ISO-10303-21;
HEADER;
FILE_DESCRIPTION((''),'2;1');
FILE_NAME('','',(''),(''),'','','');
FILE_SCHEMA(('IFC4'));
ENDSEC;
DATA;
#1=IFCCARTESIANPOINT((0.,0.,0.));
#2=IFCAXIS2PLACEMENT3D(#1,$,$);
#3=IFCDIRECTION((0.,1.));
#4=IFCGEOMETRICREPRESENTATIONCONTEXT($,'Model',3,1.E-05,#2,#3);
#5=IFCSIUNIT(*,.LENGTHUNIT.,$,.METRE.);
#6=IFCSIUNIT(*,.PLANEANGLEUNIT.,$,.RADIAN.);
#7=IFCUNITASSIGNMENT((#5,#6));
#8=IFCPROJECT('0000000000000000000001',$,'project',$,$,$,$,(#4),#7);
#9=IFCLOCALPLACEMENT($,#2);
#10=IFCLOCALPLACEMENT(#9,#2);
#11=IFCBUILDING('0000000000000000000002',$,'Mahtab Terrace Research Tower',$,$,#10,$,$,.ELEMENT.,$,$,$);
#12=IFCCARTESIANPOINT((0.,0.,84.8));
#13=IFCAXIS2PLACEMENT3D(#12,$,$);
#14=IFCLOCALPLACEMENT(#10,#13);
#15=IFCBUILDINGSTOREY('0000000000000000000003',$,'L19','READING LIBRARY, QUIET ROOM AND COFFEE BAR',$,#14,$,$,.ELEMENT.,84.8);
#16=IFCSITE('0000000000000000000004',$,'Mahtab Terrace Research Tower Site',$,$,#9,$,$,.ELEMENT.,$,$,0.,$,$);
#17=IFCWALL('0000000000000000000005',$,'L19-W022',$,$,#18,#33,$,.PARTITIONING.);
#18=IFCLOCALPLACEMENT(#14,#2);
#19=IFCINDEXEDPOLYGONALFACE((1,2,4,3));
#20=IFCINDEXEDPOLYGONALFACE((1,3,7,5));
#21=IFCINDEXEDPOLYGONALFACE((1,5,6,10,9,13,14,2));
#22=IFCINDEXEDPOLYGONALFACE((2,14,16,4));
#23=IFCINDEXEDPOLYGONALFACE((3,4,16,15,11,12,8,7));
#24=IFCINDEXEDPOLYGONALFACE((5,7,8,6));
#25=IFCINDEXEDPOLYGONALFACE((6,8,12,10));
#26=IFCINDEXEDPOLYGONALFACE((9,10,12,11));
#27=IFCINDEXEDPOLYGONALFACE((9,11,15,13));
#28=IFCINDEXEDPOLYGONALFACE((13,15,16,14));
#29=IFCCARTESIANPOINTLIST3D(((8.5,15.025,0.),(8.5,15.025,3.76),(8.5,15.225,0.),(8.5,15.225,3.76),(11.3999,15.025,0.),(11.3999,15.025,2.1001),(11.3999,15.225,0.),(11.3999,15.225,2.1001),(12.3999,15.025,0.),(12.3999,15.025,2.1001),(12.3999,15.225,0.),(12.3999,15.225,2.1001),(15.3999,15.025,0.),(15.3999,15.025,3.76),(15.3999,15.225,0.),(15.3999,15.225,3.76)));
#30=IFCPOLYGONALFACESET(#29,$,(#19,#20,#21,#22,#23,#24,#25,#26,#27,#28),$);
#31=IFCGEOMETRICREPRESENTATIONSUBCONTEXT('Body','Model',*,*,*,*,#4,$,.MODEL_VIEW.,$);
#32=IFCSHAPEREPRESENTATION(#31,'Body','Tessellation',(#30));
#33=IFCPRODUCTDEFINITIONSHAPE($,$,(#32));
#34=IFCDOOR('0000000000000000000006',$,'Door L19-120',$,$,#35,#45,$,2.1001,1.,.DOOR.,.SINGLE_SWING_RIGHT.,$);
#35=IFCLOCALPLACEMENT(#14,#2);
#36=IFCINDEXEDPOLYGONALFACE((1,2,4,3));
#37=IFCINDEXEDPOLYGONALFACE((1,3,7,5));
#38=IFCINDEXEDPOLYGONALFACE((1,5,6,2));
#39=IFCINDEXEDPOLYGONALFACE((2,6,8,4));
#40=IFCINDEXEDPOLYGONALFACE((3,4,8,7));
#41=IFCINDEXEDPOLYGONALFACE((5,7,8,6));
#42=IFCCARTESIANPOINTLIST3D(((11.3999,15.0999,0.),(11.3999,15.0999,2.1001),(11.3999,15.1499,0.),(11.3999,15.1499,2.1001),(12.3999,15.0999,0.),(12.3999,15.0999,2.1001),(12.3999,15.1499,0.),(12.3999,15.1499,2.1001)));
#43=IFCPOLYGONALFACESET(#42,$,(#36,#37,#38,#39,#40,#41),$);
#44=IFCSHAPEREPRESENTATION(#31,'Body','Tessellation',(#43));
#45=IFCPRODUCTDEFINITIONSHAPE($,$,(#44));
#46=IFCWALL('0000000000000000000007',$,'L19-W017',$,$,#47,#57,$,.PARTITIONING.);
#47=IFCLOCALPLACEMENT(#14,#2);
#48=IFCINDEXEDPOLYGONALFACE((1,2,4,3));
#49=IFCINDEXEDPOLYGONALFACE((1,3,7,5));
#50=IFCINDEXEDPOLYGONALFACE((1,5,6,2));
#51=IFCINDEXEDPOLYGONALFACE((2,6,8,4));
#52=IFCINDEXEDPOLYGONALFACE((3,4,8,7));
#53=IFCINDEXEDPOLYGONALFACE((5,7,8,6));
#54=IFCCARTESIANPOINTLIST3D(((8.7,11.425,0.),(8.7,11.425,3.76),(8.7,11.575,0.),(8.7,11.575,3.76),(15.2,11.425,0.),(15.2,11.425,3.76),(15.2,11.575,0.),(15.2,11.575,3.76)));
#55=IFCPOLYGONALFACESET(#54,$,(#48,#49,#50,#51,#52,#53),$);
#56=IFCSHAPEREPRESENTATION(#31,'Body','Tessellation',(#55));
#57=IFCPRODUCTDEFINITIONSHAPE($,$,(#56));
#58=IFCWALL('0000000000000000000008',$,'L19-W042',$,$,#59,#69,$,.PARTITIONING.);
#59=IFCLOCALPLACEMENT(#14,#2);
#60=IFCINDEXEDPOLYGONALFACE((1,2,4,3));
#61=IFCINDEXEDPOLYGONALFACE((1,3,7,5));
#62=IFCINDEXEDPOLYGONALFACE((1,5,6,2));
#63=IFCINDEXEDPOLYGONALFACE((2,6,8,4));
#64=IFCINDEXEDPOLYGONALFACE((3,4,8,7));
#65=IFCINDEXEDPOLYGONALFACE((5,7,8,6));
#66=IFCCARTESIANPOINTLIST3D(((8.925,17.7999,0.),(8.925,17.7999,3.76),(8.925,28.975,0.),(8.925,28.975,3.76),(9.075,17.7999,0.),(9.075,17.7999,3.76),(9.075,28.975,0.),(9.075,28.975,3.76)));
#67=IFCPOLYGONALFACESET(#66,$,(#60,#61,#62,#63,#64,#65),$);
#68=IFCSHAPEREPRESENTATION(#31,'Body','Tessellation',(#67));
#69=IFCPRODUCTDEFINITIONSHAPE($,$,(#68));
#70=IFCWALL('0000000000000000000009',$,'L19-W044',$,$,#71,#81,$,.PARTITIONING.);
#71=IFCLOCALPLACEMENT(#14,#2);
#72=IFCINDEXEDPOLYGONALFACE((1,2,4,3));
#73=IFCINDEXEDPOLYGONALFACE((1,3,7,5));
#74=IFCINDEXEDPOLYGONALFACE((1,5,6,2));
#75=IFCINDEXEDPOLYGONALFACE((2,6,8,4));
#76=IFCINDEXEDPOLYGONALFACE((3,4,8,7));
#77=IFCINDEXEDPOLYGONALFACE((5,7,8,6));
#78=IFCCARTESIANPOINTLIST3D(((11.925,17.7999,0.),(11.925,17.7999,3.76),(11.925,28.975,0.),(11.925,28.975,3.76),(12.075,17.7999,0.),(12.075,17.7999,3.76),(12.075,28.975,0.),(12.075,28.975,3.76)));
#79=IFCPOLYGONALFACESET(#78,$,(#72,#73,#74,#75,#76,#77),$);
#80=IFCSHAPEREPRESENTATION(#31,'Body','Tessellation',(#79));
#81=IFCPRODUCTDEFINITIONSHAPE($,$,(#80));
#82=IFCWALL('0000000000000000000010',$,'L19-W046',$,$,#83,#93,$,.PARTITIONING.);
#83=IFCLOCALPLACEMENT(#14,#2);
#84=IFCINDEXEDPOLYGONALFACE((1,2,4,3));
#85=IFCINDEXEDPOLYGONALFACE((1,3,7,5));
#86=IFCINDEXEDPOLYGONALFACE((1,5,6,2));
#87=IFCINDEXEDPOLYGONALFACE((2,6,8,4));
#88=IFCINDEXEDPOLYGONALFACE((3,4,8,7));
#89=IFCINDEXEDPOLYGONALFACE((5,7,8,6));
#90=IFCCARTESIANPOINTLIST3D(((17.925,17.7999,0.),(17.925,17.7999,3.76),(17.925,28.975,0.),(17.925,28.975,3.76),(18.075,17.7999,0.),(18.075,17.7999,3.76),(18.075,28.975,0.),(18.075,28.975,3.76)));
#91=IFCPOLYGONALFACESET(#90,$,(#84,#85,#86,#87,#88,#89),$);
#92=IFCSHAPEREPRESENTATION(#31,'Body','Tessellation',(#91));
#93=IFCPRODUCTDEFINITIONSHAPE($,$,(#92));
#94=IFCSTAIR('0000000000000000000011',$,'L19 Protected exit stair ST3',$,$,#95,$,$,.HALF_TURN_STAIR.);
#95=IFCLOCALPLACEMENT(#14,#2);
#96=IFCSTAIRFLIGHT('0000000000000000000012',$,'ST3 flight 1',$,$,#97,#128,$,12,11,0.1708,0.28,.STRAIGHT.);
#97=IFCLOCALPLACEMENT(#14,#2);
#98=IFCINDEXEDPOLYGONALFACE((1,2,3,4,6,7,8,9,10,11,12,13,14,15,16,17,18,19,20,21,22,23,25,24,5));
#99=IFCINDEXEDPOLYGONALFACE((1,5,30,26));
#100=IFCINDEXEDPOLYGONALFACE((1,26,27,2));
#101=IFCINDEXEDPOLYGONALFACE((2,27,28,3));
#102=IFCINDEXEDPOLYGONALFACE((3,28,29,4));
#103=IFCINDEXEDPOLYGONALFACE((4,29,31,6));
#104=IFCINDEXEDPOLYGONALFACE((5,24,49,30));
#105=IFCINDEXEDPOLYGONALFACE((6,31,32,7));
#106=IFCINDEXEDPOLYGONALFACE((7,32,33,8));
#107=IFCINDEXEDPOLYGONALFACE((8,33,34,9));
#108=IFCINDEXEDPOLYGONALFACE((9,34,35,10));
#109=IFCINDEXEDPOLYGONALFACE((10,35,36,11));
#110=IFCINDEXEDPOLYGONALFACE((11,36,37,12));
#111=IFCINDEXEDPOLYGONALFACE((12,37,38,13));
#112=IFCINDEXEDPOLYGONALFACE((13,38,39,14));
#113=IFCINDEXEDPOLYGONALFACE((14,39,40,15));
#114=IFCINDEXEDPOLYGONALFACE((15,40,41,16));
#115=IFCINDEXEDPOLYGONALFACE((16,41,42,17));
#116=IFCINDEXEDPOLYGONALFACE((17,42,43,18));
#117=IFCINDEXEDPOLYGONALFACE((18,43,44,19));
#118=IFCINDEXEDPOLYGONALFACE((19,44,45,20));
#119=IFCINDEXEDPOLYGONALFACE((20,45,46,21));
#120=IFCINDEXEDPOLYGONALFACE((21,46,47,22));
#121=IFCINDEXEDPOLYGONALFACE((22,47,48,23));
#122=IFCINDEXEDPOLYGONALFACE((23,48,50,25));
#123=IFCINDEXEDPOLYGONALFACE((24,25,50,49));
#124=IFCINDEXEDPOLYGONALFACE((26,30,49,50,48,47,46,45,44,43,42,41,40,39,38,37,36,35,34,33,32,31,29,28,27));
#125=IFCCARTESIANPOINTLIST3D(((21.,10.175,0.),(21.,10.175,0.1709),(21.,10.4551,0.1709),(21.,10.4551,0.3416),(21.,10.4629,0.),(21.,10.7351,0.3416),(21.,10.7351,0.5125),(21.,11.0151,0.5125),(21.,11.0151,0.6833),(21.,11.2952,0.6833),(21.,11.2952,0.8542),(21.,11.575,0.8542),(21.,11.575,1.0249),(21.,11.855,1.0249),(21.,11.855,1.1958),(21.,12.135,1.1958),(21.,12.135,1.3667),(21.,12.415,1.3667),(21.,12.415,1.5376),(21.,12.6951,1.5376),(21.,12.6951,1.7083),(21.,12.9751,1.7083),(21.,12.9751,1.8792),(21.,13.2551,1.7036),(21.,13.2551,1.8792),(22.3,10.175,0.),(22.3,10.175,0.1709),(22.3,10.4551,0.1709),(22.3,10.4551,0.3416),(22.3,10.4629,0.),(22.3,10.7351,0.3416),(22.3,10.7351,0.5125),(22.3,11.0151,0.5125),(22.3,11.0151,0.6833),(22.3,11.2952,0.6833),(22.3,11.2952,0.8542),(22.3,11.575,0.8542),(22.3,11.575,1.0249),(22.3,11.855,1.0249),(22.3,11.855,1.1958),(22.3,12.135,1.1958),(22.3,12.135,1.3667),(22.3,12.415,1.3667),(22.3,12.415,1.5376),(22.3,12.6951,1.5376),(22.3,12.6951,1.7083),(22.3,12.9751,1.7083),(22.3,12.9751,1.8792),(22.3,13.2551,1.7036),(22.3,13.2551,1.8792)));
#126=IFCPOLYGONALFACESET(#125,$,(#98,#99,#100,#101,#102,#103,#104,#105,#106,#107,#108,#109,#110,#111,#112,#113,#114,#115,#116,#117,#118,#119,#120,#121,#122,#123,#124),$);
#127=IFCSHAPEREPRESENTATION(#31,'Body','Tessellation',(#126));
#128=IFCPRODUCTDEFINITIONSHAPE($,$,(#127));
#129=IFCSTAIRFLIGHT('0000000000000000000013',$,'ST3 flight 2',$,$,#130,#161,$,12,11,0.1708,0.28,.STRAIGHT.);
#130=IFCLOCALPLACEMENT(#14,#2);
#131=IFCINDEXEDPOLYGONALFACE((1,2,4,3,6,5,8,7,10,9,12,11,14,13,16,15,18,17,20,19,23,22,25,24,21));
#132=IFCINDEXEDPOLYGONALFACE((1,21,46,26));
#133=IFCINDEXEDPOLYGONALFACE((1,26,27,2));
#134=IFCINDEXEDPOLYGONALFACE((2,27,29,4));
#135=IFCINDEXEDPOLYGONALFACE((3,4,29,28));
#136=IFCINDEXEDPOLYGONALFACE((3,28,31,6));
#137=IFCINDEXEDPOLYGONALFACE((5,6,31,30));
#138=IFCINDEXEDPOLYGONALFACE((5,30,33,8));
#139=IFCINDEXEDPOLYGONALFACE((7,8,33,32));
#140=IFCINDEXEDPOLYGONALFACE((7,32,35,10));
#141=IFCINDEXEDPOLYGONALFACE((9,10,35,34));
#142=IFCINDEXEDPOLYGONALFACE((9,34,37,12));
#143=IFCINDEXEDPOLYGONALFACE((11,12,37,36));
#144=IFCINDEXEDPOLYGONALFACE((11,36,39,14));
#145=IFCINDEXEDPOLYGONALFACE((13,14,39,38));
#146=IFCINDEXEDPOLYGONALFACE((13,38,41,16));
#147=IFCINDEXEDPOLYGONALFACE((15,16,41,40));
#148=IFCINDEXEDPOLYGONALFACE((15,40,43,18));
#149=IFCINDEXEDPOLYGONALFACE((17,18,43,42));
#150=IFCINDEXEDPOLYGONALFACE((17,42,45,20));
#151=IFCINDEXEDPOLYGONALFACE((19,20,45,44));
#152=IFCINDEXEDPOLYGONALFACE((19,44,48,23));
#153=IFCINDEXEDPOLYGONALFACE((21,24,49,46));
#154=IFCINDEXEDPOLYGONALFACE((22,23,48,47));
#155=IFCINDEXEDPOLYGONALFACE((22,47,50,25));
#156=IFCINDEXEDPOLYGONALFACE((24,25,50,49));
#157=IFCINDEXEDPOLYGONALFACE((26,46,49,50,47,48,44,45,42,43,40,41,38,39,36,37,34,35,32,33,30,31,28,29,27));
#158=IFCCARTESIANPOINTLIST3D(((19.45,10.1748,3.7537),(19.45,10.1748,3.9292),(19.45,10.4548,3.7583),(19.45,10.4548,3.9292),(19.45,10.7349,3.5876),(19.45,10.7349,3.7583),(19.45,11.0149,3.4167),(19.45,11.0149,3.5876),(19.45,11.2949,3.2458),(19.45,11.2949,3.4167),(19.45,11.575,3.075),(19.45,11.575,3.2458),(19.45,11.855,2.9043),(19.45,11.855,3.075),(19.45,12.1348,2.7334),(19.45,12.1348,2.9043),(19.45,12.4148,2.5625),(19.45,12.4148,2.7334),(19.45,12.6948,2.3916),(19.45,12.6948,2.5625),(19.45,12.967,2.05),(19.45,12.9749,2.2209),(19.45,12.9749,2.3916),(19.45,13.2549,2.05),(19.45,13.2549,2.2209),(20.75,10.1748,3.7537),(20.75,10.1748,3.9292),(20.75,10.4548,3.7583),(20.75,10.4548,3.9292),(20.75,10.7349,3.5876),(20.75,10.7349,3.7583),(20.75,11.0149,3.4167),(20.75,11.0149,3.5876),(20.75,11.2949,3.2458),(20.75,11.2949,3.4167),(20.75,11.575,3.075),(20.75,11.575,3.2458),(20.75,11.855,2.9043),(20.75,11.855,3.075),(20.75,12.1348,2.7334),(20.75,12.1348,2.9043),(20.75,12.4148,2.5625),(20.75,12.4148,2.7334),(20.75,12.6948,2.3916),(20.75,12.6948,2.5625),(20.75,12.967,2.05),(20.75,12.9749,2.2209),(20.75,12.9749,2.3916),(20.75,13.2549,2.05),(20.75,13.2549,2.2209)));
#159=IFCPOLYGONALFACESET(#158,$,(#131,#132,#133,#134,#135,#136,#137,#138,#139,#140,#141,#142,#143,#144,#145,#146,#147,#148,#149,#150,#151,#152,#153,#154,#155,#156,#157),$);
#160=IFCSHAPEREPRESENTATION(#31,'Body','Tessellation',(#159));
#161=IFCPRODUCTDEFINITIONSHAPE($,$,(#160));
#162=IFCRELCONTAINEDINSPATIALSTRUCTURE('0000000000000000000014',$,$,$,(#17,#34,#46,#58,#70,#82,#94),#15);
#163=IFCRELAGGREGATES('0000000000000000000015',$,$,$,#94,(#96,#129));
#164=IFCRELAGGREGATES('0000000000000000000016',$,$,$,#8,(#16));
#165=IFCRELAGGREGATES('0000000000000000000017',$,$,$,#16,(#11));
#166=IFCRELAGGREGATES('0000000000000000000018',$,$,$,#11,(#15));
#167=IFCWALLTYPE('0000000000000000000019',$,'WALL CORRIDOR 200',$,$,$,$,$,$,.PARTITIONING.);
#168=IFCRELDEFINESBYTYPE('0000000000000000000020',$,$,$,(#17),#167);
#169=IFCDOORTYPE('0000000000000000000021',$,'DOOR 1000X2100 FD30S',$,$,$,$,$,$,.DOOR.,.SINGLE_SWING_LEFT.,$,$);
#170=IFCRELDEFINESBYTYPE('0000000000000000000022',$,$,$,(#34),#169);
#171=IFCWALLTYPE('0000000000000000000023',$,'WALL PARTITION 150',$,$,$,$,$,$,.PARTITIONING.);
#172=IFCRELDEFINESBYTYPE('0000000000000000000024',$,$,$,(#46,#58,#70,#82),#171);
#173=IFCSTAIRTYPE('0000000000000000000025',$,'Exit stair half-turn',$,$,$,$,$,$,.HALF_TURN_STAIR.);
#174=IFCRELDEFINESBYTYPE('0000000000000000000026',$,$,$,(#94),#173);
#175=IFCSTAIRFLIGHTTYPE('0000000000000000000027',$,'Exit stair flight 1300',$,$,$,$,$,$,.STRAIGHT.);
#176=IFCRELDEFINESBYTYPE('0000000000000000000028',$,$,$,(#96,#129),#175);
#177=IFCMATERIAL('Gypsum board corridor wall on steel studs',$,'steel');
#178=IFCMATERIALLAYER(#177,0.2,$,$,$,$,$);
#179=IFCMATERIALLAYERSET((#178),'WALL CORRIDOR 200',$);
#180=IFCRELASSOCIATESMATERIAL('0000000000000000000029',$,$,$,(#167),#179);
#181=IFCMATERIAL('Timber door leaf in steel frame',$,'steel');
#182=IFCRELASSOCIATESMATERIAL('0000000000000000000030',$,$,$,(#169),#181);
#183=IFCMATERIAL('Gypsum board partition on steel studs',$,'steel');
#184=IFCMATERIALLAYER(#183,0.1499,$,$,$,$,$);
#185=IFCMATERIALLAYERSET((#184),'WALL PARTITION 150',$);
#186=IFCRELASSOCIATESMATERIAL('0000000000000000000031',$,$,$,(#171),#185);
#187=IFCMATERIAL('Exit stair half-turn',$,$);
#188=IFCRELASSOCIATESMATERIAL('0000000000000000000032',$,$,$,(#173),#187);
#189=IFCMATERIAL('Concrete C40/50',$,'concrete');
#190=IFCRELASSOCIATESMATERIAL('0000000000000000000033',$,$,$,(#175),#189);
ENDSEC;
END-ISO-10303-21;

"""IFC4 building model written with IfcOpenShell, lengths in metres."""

from ifc_helpers import new_model, si_unit, direction, frame, frame_2d, origin, place, context, subcontext, project, spatial, polyline, rectangle, outline, extrude, material, layer, layer_set, type_object, element, fill, aggregate, save


model = new_model("IFC4")

# Units and contexts
model_context = context("Model", 3, precision=1e-05, world=origin(), true_north=direction((0.0, 1.0)))
body_context = subcontext(model_context, "Body", "Model", "MODEL_VIEW")
ifc_project = project(units=[si_unit("LENGTHUNIT", "METRE"), si_unit("PLANEANGLEUNIT", "RADIAN")], contexts=[model_context])

# Site, building, storey
site_placement = place(None, origin())
site = spatial("IfcSite", under=ifc_project, at=site_placement, Name="Mahtab Terrace Research Tower Site", CompositionType="ELEMENT", RefElevation=0.0)
building_placement = place(site_placement, origin())
building = spatial("IfcBuilding", under=site, at=building_placement, Name="Mahtab Terrace Research Tower", CompositionType="ELEMENT")
storey_placement = place(building_placement, frame((0.0, 0.0, 84.8)))
storey = spatial("IfcBuildingStorey", under=building, at=storey_placement, Name="L19", Description="READING LIBRARY, QUIET ROOM AND COFFEE BAR", CompositionType="ELEMENT", Elevation=84.8)

# Wall, opening, door
ifc_material_1 = material(Name="Gypsum board corridor wall on steel studs", Category="steel")
ifc_layer_1 = layer(ifc_material_1, 0.2)
ifc_layer_set_1 = layer_set([ifc_layer_1], Name="WALL CORRIDOR 200")
wall_type_1 = type_object("IfcWallType", Name="WALL CORRIDOR 200", PredefinedType="PARTITIONING", material=ifc_layer_set_1)
wall_1_placement = place(storey_placement, frame((8.5, 15.125, 0.0), z_axis=(0.0, 0.0, 1.0), x_axis=(1.0, 0.0, 0.0)))
wall_1 = element("IfcWall", 1, at=wall_1_placement, inside=storey, type_object=wall_type_1, Name="L19-W022", PredefinedType="PARTITIONING", context=body_context, shape_type="SweptSolid", body=[
    extrude(rectangle(XDim=6.8999, YDim=0.2, at=frame_2d((3.45, 0.0))), origin(), (0.0, 0.0, 1.0), 3.76),
])
opening_1_placement = place(wall_1_placement, frame((2.8999, 0.0, 0.0)))
opening_1 = element("IfcOpeningElement", 2, at=opening_1_placement, cuts=wall_1, PredefinedType="OPENING", context=body_context, shape_type="SweptSolid", body=[
    extrude(rectangle(XDim=1.0, YDim=2.1001, at=frame_2d((0.5, 1.05))), frame((0.0, 0.1099, 0.0), z_axis=(0.0, -1.0, 0.0), x_axis=(1.0, 0.0, 0.0)), (0.0, 0.0, 1.0), 0.22),
])
ifc_material_2 = material(Name="Timber door leaf in steel frame", Category="steel")
door_type_1 = type_object("IfcDoorType", Name="DOOR 1000X2100 FD30S", OperationType="SINGLE_SWING_LEFT", PredefinedType="DOOR", material=ifc_material_2)
door_1_placement = place(opening_1_placement, origin())
door_1 = element("IfcDoor", 3, at=door_1_placement, inside=storey, type_object=door_type_1, Name="Door L19-120", OperationType="SINGLE_SWING_RIGHT", OverallHeight=2.1001, OverallWidth=1.0, PredefinedType="DOOR", context=body_context, shape_type="SweptSolid", body=[
    extrude(rectangle(XDim=1.0, YDim=2.1001, at=frame_2d((0.5, 1.05))), frame((0.0, 0.0249, 0.0), z_axis=(0.0, -1.0, 0.0), x_axis=(1.0, 0.0, 0.0)), (0.0, 0.0, 1.0), 0.05),
])
fill(opening_1, door_1)

# Walls
ifc_material_3 = material(Name="Gypsum board partition on steel studs", Category="steel")
ifc_layer_2 = layer(ifc_material_3, 0.1499)
ifc_layer_set_2 = layer_set([ifc_layer_2], Name="WALL PARTITION 150")
wall_type_2 = type_object("IfcWallType", Name="WALL PARTITION 150", PredefinedType="PARTITIONING", material=ifc_layer_set_2)
wall_2_placement = place(storey_placement, frame((8.7, 11.5, 0.0), z_axis=(0.0, 0.0, 1.0), x_axis=(1.0, 0.0, 0.0)))
element("IfcWall", 4, at=wall_2_placement, inside=storey, type_object=wall_type_2, Name="L19-W017", PredefinedType="PARTITIONING", context=body_context, shape_type="SweptSolid", body=[
    extrude(rectangle(XDim=6.5, YDim=0.1499, at=frame_2d((3.25, 0.0))), origin(), (0.0, 0.0, 1.0), 3.76),
])
for number, where, z_axis, x_axis, name in (
    (5, (9.0, 17.8, 0.0), (0.0, 0.0, 1.0), (0.0, 1.0, 0.0), "L19-W042"),
    (6, (12.0, 17.8, 0.0), (0.0, 0.0, 1.0), (0.0, 1.0, 0.0), "L19-W044"),
    (7, (18.0, 17.8, 0.0), (0.0, 0.0, 1.0), (0.0, 1.0, 0.0), "L19-W046"),
):
    element("IfcWall", number, at=place(storey_placement, frame(where, z_axis=z_axis, x_axis=x_axis)), inside=storey, type_object=wall_type_2, Name=name, PredefinedType="PARTITIONING", context=body_context, shape_type="SweptSolid", body=[
        extrude(rectangle(XDim=11.175, YDim=0.1499, at=frame_2d((5.5874, 0.0))), origin(), (0.0, 0.0, 1.0), 3.76),
    ])

# Stair, stair flights
ifc_material_4 = material(Name="Exit stair half-turn")
stair_type = type_object("IfcStairType", Name="Exit stair half-turn", PredefinedType="HALF_TURN_STAIR", material=ifc_material_4)
stair_placement = place(storey_placement, origin())
stair = element("IfcStair", 8, at=stair_placement, inside=storey, type_object=stair_type, Name="L19 Protected exit stair ST3", PredefinedType="HALF_TURN_STAIR")
ifc_material_5 = material(Name="Concrete C40/50", Category="concrete")
stair_flight_type = type_object("IfcStairFlightType", Name="Exit stair flight 1300", PredefinedType="STRAIGHT", material=ifc_material_5)
stair_flight_1_placement = place(storey_placement, frame((21.6499, 10.175, 0.0), z_axis=(0.0, 0.0, 1.0), x_axis=(0.0, 1.0, 0.0)))
stair_flight_1 = element("IfcStairFlight", 9, at=stair_flight_1_placement, type_object=stair_flight_type, Name="ST3 flight 1", NumberOfRisers=12, NumberOfTreads=11, PredefinedType="STRAIGHT", RiserHeight=0.1708, TreadLength=0.28, context=body_context, shape_type="SweptSolid", body=[
    extrude(outline(polyline([(0.0, 0.0), (0.0, 0.1709), (0.28, 0.1709), (0.28, 0.3416), (0.5601, 0.3416), (0.5601, 0.5125), (0.8401, 0.5125), (0.8401, 0.6833), (1.1201, 0.6833), (1.1201, 0.8542), (1.3999, 0.8542), (1.3999, 1.0249), (1.6799, 1.0249), (1.6799, 1.1958), (1.96, 1.1958), (1.96, 1.3667), (2.24, 1.3667), (2.24, 1.5376), (2.52, 1.5376), (2.52, 1.7083), (2.8, 1.7083), (2.8, 1.8792), (3.0801, 1.8792), (3.0801, 2.05), (3.0801, 1.7036), (0.2878, 0.0), (0.0, 0.0)])), frame((0.0, 0.6499, 0.0), z_axis=(0.0, -1.0, 0.0), x_axis=(1.0, 0.0, 0.0)), (0.0, 0.0, 1.0), 1.3),
])
stair_flight_2_placement = place(storey_placement, frame((20.1001, 13.2549, 2.05), z_axis=(0.0, 0.0, 1.0), x_axis=(0.0, -1.0, 0.0)))
stair_flight_2 = element("IfcStairFlight", 10, at=stair_flight_2_placement, type_object=stair_flight_type, Name="ST3 flight 2", NumberOfRisers=12, NumberOfTreads=11, PredefinedType="STRAIGHT", RiserHeight=0.1708, TreadLength=0.28, context=body_context, shape_type="SweptSolid", body=[
    extrude(outline(polyline([(0.0, 0.0), (0.0, 0.1709), (0.28, 0.1709), (0.28, 0.3416), (0.5601, 0.3416), (0.5601, 0.5125), (0.8401, 0.5125), (0.8401, 0.6833), (1.1201, 0.6833), (1.1201, 0.8542), (1.3999, 0.8542), (1.3999, 1.0249), (1.6799, 1.0249), (1.6799, 1.1958), (1.96, 1.1958), (1.96, 1.3667), (2.24, 1.3667), (2.24, 1.5376), (2.52, 1.5376), (2.52, 1.7083), (2.8, 1.7083), (2.8, 1.8792), (3.0801, 1.8792), (3.0801, 2.05), (3.0801, 1.7036), (0.2878, 0.0), (0.0, 0.0)])), frame((0.0, 0.6499, 0.0), z_axis=(0.0, -1.0, 0.0), x_axis=(1.0, 0.0, 0.0)), (0.0, 0.0, 1.0), 1.3),
])
aggregate(stair, [stair_flight_1, stair_flight_2])

save(model, "model.ifc")
